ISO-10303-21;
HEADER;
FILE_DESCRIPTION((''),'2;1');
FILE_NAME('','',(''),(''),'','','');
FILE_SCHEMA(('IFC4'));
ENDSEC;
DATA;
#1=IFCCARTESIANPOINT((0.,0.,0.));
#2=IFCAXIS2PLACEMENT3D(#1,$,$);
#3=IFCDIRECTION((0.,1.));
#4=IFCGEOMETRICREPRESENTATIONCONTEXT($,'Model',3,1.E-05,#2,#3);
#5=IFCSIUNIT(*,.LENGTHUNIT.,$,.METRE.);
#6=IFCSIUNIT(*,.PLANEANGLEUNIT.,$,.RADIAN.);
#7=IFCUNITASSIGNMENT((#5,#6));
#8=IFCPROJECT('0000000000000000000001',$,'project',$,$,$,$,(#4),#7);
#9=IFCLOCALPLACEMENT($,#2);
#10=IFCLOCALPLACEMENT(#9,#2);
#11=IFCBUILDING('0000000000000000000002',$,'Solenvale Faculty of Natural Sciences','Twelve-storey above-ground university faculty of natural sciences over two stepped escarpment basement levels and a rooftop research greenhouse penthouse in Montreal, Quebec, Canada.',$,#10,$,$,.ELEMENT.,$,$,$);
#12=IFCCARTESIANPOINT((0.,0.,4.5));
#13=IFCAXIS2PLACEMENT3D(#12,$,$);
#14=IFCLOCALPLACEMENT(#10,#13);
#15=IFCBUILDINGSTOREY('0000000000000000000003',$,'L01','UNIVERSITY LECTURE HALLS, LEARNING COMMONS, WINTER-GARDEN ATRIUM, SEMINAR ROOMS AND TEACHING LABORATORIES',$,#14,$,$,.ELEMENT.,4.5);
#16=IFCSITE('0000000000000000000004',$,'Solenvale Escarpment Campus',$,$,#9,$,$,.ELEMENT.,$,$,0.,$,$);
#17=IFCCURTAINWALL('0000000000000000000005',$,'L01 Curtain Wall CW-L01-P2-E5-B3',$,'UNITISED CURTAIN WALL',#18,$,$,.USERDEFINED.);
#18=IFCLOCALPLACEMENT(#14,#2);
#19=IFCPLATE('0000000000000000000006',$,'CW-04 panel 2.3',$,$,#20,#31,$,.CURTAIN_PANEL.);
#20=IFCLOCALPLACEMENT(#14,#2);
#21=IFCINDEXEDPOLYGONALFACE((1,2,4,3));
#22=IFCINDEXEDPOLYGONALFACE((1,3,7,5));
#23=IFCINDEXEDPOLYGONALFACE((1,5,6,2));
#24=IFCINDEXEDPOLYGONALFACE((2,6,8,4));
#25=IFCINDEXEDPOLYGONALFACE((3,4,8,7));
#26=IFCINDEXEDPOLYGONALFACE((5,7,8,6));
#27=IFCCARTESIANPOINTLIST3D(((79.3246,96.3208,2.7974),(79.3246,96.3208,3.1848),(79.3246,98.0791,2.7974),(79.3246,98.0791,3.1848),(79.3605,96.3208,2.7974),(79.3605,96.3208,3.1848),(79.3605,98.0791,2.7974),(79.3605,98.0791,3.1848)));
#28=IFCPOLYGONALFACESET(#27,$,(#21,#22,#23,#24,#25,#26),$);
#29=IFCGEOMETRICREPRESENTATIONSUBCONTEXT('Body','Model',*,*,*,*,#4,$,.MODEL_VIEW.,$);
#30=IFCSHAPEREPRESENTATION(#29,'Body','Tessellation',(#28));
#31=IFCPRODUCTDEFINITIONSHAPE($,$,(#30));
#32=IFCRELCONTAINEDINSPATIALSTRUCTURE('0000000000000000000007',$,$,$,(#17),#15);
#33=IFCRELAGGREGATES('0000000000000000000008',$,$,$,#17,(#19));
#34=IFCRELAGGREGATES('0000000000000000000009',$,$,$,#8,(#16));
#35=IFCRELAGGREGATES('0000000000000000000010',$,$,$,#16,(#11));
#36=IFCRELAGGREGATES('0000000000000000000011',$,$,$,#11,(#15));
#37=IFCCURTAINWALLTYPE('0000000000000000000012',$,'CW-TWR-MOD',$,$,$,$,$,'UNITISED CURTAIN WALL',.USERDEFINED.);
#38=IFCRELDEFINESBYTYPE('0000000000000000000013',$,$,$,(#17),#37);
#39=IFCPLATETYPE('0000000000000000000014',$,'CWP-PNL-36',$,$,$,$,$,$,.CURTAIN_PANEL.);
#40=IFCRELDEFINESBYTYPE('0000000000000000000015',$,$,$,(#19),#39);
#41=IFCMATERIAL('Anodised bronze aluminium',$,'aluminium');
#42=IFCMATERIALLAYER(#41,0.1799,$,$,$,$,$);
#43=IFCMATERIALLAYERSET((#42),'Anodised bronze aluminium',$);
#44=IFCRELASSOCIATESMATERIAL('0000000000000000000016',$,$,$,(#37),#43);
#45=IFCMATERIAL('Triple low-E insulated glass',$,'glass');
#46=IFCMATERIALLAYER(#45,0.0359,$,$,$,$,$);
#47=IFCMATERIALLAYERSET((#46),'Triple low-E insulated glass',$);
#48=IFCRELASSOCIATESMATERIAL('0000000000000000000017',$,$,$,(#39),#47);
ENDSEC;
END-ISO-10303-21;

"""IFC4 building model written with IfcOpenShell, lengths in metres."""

from ifc_helpers import new_model, si_unit, direction, frame, origin, origin_2d, place, context, subcontext, project, spatial, rectangle, extrude, material, layer, layer_set, type_object, element, aggregate, save


model = new_model("IFC4")

# Units and contexts
model_context = context("Model", 3, precision=1e-05, world=origin(), true_north=direction((0.0, 1.0)))
body_context = subcontext(model_context, "Body", "Model", "MODEL_VIEW")
ifc_project = project(units=[si_unit("LENGTHUNIT", "METRE"), si_unit("PLANEANGLEUNIT", "RADIAN")], contexts=[model_context])

# Site, building, storey
site_placement = place(None, origin())
site = spatial("IfcSite", under=ifc_project, at=site_placement, Name="Solenvale Escarpment Campus", CompositionType="ELEMENT", RefElevation=0.0)
building_placement = place(site_placement, origin())
building = spatial("IfcBuilding", under=site, at=building_placement, Name="Solenvale Faculty of Natural Sciences", Description="Twelve-storey above-ground university faculty of natural sciences over two stepped escarpment basement levels and a rooftop research greenhouse penthouse in Montreal, Quebec, Canada.", CompositionType="ELEMENT")
storey_placement = place(building_placement, frame((0.0, 0.0, 4.5)))
storey = spatial("IfcBuildingStorey", under=building, at=storey_placement, Name="L01", Description="UNIVERSITY LECTURE HALLS, LEARNING COMMONS, WINTER-GARDEN ATRIUM, SEMINAR ROOMS AND TEACHING LABORATORIES", CompositionType="ELEMENT", Elevation=4.5)

# Curtain wall
ifc_material_1 = material(Name="Anodised bronze aluminium", Category="aluminium")
ifc_layer_1 = layer(ifc_material_1, 0.1799)
ifc_layer_set_1 = layer_set([ifc_layer_1], Name="Anodised bronze aluminium")
curtain_wall_type = type_object("IfcCurtainWallType", Name="CW-TWR-MOD", ElementType="UNITISED CURTAIN WALL", PredefinedType="USERDEFINED", material=ifc_layer_set_1)
curtain_wall_1_placement = place(storey_placement, origin())
curtain_wall_1 = element("IfcCurtainWall", 1, at=curtain_wall_1_placement, inside=storey, type_object=curtain_wall_type, Name="L01 Curtain Wall CW-L01-P2-E5-B3", ObjectType="UNITISED CURTAIN WALL", PredefinedType="USERDEFINED")

# Plate
ifc_material_2 = material(Name="Triple low-E insulated glass", Category="glass")
ifc_layer_2 = layer(ifc_material_2, 0.0359)
ifc_layer_set_2 = layer_set([ifc_layer_2], Name="Triple low-E insulated glass")
plate_type_1 = type_object("IfcPlateType", Name="CWP-PNL-36", PredefinedType="CURTAIN_PANEL", material=ifc_layer_set_2)
plate_1_placement = place(storey_placement, frame((79.3425, 97.2, 2.7974), z_axis=(0.0, 0.0, 1.0), x_axis=(0.0, -1.0, 0.0)))
plate_1 = element("IfcPlate", 2, at=plate_1_placement, type_object=plate_type_1, Name="CW-04 panel 2.3", PredefinedType="CURTAIN_PANEL", context=body_context, shape_type="SweptSolid", body=[
    extrude(rectangle(XDim=1.7583, YDim=0.0359, at=origin_2d()), origin(), (0.0, 0.0, 1.0), 0.3875),
])
aggregate(curtain_wall_1, [plate_1])

save(model, "model.ifc")
